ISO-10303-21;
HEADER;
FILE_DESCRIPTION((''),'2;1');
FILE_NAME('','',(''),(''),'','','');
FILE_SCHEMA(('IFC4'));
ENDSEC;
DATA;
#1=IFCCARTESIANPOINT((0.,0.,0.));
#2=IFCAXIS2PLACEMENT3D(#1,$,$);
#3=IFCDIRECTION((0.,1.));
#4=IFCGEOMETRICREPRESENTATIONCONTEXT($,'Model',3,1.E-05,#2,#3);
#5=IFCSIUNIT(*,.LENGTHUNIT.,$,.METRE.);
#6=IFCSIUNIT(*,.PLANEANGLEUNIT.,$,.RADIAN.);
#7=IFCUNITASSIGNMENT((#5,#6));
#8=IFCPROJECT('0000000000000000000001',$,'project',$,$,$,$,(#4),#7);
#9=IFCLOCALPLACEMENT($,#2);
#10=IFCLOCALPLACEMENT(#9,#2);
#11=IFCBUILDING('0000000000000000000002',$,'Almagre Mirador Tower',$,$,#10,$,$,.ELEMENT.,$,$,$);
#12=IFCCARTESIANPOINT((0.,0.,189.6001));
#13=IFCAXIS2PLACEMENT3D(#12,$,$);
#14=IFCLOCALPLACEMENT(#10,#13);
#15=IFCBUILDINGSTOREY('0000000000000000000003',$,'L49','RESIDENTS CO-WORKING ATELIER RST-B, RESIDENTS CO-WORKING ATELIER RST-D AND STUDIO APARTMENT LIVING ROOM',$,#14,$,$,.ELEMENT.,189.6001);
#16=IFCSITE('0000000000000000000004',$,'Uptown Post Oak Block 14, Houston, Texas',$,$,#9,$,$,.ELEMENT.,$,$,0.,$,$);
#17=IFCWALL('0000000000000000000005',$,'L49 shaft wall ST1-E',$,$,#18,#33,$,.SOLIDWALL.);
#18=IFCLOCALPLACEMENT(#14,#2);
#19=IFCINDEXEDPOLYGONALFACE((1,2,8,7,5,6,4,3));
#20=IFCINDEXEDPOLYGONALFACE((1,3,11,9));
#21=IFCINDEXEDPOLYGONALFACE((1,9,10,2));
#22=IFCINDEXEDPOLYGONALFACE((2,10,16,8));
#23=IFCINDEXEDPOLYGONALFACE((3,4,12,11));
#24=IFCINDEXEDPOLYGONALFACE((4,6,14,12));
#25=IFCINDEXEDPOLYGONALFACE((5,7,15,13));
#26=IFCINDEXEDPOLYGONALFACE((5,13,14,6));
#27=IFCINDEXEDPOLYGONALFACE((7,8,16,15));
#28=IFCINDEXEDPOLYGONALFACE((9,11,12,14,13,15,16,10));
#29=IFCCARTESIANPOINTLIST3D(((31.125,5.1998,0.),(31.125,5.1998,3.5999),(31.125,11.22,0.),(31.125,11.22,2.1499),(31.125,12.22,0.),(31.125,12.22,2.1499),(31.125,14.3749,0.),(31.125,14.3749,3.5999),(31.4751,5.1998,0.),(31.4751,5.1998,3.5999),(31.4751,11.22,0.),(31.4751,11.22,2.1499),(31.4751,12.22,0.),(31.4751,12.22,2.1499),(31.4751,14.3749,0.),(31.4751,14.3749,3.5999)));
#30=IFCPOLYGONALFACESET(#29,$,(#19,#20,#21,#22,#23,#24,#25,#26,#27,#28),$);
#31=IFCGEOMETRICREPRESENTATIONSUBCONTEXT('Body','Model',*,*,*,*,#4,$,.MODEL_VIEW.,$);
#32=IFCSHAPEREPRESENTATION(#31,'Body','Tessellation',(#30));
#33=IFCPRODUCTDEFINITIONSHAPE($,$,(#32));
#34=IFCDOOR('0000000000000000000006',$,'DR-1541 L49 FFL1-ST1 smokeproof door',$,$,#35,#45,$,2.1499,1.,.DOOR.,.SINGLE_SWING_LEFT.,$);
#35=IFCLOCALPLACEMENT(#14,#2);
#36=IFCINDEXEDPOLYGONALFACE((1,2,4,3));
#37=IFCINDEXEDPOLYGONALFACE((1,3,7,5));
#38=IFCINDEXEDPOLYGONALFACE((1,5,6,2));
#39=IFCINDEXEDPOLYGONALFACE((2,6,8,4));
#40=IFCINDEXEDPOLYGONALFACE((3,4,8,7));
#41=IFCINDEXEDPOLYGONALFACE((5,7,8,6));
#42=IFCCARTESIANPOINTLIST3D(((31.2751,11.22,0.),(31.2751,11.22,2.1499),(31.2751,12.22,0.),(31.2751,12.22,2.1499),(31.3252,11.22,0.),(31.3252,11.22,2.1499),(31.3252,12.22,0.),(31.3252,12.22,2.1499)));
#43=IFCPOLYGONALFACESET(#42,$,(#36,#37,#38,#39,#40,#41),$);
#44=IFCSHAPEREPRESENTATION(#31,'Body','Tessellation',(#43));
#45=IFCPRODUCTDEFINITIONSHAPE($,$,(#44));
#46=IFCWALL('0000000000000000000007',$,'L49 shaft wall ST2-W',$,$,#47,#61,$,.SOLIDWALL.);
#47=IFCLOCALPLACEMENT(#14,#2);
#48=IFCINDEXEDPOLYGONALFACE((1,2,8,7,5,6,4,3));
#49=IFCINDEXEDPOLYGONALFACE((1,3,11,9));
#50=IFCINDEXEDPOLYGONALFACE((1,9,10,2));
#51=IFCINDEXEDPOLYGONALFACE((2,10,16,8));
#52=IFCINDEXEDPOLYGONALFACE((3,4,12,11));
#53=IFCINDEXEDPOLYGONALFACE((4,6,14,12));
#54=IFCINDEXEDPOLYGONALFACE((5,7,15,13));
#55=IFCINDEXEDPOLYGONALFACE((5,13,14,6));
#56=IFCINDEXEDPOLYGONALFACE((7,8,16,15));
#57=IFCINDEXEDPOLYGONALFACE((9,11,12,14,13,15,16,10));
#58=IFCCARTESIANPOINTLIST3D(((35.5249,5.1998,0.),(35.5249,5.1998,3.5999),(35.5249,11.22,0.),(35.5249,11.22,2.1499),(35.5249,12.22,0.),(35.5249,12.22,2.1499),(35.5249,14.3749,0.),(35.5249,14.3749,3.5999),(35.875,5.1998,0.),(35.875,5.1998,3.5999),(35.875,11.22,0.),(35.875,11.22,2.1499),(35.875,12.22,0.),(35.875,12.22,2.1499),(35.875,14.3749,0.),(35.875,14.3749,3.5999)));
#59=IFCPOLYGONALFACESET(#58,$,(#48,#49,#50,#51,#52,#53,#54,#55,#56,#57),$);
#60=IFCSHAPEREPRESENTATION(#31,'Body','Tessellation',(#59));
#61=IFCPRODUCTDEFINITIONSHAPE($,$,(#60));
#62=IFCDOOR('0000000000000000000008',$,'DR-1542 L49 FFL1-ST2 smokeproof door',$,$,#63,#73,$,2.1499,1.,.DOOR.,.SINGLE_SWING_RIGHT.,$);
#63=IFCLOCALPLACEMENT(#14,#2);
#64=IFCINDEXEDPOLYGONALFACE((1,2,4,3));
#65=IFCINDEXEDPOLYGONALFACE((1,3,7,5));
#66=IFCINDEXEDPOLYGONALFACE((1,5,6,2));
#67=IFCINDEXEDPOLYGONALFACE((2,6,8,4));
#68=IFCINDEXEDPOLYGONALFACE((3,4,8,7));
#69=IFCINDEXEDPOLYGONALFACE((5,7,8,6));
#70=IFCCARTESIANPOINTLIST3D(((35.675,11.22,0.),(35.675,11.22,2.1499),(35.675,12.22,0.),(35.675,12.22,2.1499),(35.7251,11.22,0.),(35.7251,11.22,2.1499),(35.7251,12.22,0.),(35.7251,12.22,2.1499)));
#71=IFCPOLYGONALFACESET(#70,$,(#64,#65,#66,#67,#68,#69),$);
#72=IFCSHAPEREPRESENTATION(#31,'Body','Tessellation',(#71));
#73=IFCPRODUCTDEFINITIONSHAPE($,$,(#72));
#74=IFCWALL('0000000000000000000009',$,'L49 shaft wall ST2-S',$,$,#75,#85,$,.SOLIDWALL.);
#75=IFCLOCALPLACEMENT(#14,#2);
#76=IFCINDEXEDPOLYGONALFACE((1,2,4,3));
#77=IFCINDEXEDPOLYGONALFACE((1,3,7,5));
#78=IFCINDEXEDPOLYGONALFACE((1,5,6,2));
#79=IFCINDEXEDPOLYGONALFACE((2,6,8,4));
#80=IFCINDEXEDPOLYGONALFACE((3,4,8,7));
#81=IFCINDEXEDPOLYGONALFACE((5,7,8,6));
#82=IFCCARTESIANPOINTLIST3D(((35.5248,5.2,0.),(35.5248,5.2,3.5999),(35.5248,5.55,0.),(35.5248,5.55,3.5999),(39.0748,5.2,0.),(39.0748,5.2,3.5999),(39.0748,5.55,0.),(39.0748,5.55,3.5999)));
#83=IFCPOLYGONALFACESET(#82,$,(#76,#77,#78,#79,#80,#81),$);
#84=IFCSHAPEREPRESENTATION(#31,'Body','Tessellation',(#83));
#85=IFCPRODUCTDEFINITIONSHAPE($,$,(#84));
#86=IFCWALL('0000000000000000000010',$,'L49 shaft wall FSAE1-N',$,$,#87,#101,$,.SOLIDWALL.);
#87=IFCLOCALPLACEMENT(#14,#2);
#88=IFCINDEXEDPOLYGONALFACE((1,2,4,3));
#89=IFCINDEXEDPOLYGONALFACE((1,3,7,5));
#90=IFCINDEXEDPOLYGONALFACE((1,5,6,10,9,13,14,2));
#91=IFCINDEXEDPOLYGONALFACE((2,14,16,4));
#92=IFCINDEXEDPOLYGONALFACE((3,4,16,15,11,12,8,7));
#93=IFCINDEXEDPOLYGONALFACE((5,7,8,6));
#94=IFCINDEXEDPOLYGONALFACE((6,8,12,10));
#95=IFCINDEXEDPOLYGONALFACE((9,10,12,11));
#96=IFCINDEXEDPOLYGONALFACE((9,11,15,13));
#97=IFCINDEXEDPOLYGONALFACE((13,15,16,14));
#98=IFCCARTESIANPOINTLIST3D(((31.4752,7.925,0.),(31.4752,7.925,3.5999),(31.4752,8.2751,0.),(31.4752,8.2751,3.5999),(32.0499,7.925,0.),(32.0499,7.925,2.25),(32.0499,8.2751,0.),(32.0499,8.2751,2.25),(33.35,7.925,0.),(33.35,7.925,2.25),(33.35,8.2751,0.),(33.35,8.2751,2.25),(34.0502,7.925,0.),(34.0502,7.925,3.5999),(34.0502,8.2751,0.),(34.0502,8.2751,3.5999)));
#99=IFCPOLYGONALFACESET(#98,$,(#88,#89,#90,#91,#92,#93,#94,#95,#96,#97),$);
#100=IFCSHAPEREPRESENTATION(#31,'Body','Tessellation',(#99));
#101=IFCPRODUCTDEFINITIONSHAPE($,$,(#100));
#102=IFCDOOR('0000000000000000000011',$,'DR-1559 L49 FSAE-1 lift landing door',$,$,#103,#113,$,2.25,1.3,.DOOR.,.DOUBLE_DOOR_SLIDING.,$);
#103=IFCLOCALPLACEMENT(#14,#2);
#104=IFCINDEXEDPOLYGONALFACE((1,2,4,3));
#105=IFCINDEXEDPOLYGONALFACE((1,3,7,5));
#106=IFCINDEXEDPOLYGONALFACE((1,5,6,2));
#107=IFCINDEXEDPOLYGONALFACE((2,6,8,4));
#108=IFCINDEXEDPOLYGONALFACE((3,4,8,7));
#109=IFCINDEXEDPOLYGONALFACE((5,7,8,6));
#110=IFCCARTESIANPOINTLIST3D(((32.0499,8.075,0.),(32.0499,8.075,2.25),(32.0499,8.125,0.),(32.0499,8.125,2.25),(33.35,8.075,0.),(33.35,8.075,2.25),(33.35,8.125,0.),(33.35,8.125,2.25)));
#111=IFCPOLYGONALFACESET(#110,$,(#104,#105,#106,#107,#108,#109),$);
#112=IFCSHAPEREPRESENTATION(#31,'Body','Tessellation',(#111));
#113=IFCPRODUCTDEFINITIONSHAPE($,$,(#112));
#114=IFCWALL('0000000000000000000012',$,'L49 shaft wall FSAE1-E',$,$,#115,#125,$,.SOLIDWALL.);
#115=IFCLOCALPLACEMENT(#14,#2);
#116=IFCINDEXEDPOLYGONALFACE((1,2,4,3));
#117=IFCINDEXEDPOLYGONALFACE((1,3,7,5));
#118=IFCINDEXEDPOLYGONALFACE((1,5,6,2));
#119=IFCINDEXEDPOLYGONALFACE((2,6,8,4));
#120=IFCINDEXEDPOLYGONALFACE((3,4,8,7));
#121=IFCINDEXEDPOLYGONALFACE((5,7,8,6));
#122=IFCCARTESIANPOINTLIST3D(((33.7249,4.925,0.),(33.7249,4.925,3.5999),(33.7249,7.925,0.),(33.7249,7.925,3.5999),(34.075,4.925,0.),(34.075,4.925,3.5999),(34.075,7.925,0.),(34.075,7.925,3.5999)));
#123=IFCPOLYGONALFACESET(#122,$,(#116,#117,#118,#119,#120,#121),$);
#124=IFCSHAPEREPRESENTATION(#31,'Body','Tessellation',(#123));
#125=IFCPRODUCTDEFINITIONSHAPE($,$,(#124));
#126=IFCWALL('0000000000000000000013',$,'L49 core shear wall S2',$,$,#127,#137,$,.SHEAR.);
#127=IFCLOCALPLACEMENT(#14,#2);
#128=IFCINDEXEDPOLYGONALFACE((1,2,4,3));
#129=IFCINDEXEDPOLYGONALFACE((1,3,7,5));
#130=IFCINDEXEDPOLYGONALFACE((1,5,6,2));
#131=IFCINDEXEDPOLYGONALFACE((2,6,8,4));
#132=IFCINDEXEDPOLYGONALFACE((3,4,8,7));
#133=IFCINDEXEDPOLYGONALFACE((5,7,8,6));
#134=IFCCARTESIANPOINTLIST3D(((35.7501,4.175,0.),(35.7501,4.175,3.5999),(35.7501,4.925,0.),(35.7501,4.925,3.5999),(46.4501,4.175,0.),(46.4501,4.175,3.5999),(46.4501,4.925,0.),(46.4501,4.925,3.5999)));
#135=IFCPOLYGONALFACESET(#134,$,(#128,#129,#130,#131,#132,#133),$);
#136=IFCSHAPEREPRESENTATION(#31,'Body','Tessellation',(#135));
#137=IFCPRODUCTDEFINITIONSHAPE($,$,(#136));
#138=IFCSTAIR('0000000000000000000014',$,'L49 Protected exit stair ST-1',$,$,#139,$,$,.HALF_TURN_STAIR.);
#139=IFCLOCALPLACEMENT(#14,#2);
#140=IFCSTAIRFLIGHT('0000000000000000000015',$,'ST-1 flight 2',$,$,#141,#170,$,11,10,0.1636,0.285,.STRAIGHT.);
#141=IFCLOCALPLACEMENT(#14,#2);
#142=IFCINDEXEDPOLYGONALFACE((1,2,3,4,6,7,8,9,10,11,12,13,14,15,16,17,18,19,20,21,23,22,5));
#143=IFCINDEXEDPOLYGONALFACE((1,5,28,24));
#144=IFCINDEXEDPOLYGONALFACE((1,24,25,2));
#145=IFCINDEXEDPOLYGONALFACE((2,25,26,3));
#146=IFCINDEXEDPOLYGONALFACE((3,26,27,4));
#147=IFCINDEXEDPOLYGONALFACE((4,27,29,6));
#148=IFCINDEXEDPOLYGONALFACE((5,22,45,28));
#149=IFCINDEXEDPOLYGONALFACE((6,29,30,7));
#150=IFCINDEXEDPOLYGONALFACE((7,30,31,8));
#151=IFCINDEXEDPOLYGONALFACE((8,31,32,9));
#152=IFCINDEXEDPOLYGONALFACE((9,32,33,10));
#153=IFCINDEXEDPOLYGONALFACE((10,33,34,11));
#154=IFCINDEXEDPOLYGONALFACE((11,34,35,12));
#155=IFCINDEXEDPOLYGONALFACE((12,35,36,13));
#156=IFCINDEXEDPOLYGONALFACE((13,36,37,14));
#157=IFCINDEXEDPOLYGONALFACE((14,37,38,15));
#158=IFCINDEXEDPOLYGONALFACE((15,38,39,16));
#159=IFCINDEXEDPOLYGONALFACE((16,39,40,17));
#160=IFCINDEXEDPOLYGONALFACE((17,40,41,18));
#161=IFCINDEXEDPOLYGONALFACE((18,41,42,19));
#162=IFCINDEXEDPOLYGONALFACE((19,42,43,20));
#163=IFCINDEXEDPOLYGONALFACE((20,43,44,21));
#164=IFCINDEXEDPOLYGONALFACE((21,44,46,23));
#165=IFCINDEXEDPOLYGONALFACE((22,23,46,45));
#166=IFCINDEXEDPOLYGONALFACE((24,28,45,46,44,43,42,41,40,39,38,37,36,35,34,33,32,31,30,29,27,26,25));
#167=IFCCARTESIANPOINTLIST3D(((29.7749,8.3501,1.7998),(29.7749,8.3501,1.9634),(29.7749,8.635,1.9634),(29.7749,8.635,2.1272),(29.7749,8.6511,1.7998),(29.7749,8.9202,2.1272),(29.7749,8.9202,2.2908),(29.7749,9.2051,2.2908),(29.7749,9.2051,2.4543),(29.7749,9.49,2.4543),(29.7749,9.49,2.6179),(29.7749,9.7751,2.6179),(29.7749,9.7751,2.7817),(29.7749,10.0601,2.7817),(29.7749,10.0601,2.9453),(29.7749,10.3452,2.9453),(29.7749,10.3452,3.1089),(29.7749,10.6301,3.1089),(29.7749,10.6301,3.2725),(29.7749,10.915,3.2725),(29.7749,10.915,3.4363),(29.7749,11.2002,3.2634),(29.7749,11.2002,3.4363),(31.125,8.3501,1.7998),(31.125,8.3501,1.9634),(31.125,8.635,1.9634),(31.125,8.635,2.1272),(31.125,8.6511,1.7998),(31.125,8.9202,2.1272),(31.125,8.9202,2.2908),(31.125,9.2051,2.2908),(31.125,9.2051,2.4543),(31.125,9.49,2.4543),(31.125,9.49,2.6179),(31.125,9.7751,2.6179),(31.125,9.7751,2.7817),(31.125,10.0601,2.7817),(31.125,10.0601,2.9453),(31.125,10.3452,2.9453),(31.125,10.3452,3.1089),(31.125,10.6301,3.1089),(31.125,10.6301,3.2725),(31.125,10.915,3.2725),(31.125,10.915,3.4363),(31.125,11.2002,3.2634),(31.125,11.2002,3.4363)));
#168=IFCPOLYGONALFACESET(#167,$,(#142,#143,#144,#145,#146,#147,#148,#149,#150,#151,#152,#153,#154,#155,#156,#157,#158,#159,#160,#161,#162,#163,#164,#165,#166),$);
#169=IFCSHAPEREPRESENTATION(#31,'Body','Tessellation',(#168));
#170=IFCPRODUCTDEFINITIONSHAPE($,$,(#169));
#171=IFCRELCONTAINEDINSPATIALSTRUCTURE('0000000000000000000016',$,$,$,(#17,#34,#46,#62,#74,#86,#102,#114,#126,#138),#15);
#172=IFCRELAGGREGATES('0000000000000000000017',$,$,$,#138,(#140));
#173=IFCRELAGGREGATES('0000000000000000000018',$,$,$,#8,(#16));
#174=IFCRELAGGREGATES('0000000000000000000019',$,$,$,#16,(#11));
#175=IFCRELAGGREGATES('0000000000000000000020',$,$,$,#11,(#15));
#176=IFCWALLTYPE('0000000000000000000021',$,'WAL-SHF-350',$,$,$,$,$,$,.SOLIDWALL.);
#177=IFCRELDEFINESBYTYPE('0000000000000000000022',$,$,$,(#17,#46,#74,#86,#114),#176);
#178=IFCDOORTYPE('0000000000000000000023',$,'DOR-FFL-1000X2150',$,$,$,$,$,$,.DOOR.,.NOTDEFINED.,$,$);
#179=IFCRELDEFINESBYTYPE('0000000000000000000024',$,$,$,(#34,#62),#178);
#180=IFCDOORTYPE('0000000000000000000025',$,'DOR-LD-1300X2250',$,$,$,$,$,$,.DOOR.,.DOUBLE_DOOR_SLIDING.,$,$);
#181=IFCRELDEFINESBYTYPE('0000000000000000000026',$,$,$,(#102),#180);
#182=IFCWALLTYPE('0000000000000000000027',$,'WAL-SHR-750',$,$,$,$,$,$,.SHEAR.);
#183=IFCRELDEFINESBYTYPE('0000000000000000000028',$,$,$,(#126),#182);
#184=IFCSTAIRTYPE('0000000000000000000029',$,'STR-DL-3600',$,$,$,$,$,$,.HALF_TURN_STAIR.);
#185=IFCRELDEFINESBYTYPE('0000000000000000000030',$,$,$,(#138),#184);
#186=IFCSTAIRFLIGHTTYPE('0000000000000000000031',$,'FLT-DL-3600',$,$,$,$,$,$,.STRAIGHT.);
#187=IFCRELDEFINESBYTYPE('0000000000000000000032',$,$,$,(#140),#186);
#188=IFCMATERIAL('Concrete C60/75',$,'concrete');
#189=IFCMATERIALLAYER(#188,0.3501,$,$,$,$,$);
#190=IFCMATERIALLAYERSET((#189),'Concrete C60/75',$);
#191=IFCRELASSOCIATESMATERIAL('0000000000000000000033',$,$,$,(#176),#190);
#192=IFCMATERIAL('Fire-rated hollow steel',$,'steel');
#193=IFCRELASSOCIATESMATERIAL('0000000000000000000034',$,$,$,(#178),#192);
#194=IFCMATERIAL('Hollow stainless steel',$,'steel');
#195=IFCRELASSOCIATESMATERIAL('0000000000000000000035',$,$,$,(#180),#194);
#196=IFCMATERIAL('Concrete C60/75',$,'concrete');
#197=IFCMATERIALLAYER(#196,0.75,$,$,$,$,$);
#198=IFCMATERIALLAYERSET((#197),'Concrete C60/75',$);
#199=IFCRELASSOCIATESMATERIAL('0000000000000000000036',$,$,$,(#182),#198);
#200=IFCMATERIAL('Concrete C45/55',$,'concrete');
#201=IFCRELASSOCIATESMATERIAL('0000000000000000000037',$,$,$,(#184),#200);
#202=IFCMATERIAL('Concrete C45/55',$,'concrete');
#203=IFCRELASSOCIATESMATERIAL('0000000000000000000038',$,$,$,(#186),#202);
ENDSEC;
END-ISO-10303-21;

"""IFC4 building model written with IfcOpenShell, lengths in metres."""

from ifc_helpers import new_model, si_unit, direction, frame, frame_2d, origin, place, context, subcontext, project, spatial, polyline, rectangle, outline, extrude, material, layer, layer_set, type_object, element, fill, aggregate, save


model = new_model("IFC4")

# Units and contexts
model_context = context("Model", 3, precision=1e-05, world=origin(), true_north=direction((0.0, 1.0)))
body_context = subcontext(model_context, "Body", "Model", "MODEL_VIEW")
ifc_project = project(units=[si_unit("LENGTHUNIT", "METRE"), si_unit("PLANEANGLEUNIT", "RADIAN")], contexts=[model_context])

# Site, building, storey
site_placement = place(None, origin())
site = spatial("IfcSite", under=ifc_project, at=site_placement, Name="Uptown Post Oak Block 14, Houston, Texas", CompositionType="ELEMENT", RefElevation=0.0)
building_placement = place(site_placement, origin())
building = spatial("IfcBuilding", under=site, at=building_placement, Name="Almagre Mirador Tower", CompositionType="ELEMENT")
storey_placement = place(building_placement, frame((0.0, 0.0, 189.6001)))
storey = spatial("IfcBuildingStorey", under=building, at=storey_placement, Name="L49", Description="RESIDENTS CO-WORKING ATELIER RST-B, RESIDENTS CO-WORKING ATELIER RST-D AND STUDIO APARTMENT LIVING ROOM", CompositionType="ELEMENT", Elevation=189.6001)

# Walls, openings, doors
ifc_material_1 = material(Name="Concrete C60/75", Category="concrete")
ifc_layer_1 = layer(ifc_material_1, 0.3501)
ifc_layer_set_1 = layer_set([ifc_layer_1], Name="Concrete C60/75")
wall_type_1 = type_object("IfcWallType", Name="WAL-SHF-350", PredefinedType="SOLIDWALL", material=ifc_layer_set_1)
wall_1_placement = place(storey_placement, frame((31.3, 5.2, 0.0), z_axis=(0.0, 0.0, 1.0), x_axis=(0.0, 1.0, 0.0)))
wall_1 = element("IfcWall", 1, at=wall_1_placement, inside=storey, type_object=wall_type_1, Name="L49 shaft wall ST1-E", PredefinedType="SOLIDWALL", context=body_context, shape_type="SweptSolid", body=[
    extrude(rectangle(XDim=9.175, YDim=0.3501, at=frame_2d((4.5874, 0.0))), origin(), (0.0, 0.0, 1.0), 3.5999),
])
opening_1_placement = place(wall_1_placement, frame((6.02, 0.0, 0.0)))
opening_1 = element("IfcOpeningElement", 2, at=opening_1_placement, cuts=wall_1, PredefinedType="OPENING", context=body_context, shape_type="SweptSolid", body=[
    extrude(rectangle(XDim=1.0, YDim=2.1499, at=frame_2d((0.5, 1.075))), frame((0.0, 0.185, 0.0), z_axis=(0.0, -1.0, 0.0), x_axis=(1.0, 0.0, 0.0)), (0.0, 0.0, 1.0), 0.3701),
])
ifc_material_2 = material(Name="Fire-rated hollow steel", Category="steel")
door_type_1 = type_object("IfcDoorType", Name="DOR-FFL-1000X2150", OperationType="NOTDEFINED", PredefinedType="DOOR", material=ifc_material_2)
door_1_placement = place(opening_1_placement, origin())
door_1 = element("IfcDoor", 3, at=door_1_placement, inside=storey, type_object=door_type_1, Name="DR-1541 L49 FFL1-ST1 smokeproof door", OperationType="SINGLE_SWING_LEFT", OverallHeight=2.1499, OverallWidth=1.0, PredefinedType="DOOR", context=body_context, shape_type="SweptSolid", body=[
    extrude(rectangle(XDim=1.0, YDim=2.1499, at=frame_2d((0.5, 1.075))), frame((0.0, 0.0249, 0.0), z_axis=(0.0, -1.0, 0.0), x_axis=(1.0, 0.0, 0.0)), (0.0, 0.0, 1.0), 0.05),
])
fill(opening_1, door_1)
wall_2_placement = place(storey_placement, frame((35.7, 5.2, 0.0), z_axis=(0.0, 0.0, 1.0), x_axis=(0.0, 1.0, 0.0)))
wall_2 = element("IfcWall", 4, at=wall_2_placement, inside=storey, type_object=wall_type_1, Name="L49 shaft wall ST2-W", PredefinedType="SOLIDWALL", context=body_context, shape_type="SweptSolid", body=[
    extrude(rectangle(XDim=9.175, YDim=0.3501, at=frame_2d((4.5874, 0.0))), origin(), (0.0, 0.0, 1.0), 3.5999),
])
opening_2_placement = place(wall_2_placement, frame((6.02, 0.0, 0.0)))
opening_2 = element("IfcOpeningElement", 5, at=opening_2_placement, cuts=wall_2, PredefinedType="OPENING", context=body_context, shape_type="SweptSolid", body=[
    extrude(rectangle(XDim=1.0, YDim=2.1499, at=frame_2d((0.5, 1.075))), frame((0.0, 0.185, 0.0), z_axis=(0.0, -1.0, 0.0), x_axis=(1.0, 0.0, 0.0)), (0.0, 0.0, 1.0), 0.3701),
])
door_2_placement = place(opening_2_placement, origin())
door_2 = element("IfcDoor", 6, at=door_2_placement, inside=storey, type_object=door_type_1, Name="DR-1542 L49 FFL1-ST2 smokeproof door", OperationType="SINGLE_SWING_RIGHT", OverallHeight=2.1499, OverallWidth=1.0, PredefinedType="DOOR", context=body_context, shape_type="SweptSolid", body=[
    extrude(rectangle(XDim=1.0, YDim=2.1499, at=frame_2d((0.5, 1.075))), frame((0.0, 0.0249, 0.0), z_axis=(0.0, -1.0, 0.0), x_axis=(1.0, 0.0, 0.0)), (0.0, 0.0, 1.0), 0.05),
])
fill(opening_2, door_2)

# Wall
wall_3_placement = place(storey_placement, frame((35.5249, 5.375, 0.0), z_axis=(0.0, 0.0, 1.0), x_axis=(1.0, 0.0, 0.0)))
element("IfcWall", 7, at=wall_3_placement, inside=storey, type_object=wall_type_1, Name="L49 shaft wall ST2-S", PredefinedType="SOLIDWALL", context=body_context, shape_type="SweptSolid", body=[
    extrude(rectangle(XDim=3.55, YDim=0.3501, at=frame_2d((1.7749, 0.0))), origin(), (0.0, 0.0, 1.0), 3.5999),
])

# Wall, opening, door
wall_4_placement = place(storey_placement, frame((31.4751, 8.1001, 0.0), z_axis=(0.0, 0.0, 1.0), x_axis=(1.0, 0.0, 0.0)))
wall_4 = element("IfcWall", 8, at=wall_4_placement, inside=storey, type_object=wall_type_1, Name="L49 shaft wall FSAE1-N", PredefinedType="SOLIDWALL", context=body_context, shape_type="SweptSolid", body=[
    extrude(rectangle(XDim=2.575, YDim=0.3501, at=frame_2d((1.2876, 0.0))), origin(), (0.0, 0.0, 1.0), 3.5999),
])
opening_3_placement = place(wall_4_placement, frame((0.575, 0.0, 0.0)))
opening_3 = element("IfcOpeningElement", 9, at=opening_3_placement, cuts=wall_4, PredefinedType="OPENING", context=body_context, shape_type="SweptSolid", body=[
    extrude(rectangle(XDim=1.3, YDim=2.25, at=frame_2d((0.6499, 1.125))), frame((0.0, 0.185, 0.0), z_axis=(0.0, -1.0, 0.0), x_axis=(1.0, 0.0, 0.0)), (0.0, 0.0, 1.0), 0.3701),
])
ifc_material_3 = material(Name="Hollow stainless steel", Category="steel")
door_type_2 = type_object("IfcDoorType", Name="DOR-LD-1300X2250", OperationType="DOUBLE_DOOR_SLIDING", PredefinedType="DOOR", material=ifc_material_3)
door_3_placement = place(opening_3_placement, origin())
door_3 = element("IfcDoor", 10, at=door_3_placement, inside=storey, type_object=door_type_2, Name="DR-1559 L49 FSAE-1 lift landing door", OperationType="DOUBLE_DOOR_SLIDING", OverallHeight=2.25, OverallWidth=1.3, PredefinedType="DOOR", context=body_context, shape_type="SweptSolid", body=[
    extrude(rectangle(XDim=1.3, YDim=2.25, at=frame_2d((0.6499, 1.125))), frame((0.0, 0.0249, 0.0), z_axis=(0.0, -1.0, 0.0), x_axis=(1.0, 0.0, 0.0)), (0.0, 0.0, 1.0), 0.05),
])
fill(opening_3, door_3)

# Walls
wall_5_placement = place(storey_placement, frame((33.8999, 4.925, 0.0), z_axis=(0.0, 0.0, 1.0), x_axis=(0.0, 1.0, 0.0)))
element("IfcWall", 11, at=wall_5_placement, inside=storey, type_object=wall_type_1, Name="L49 shaft wall FSAE1-E", PredefinedType="SOLIDWALL", context=body_context, shape_type="SweptSolid", body=[
    extrude(rectangle(XDim=3.0, YDim=0.3501, at=frame_2d((1.5, 0.0))), origin(), (0.0, 0.0, 1.0), 3.5999),
])
ifc_material_4 = material(Name="Concrete C60/75", Category="concrete")
ifc_layer_2 = layer(ifc_material_4, 0.75)
ifc_layer_set_2 = layer_set([ifc_layer_2], Name="Concrete C60/75")
wall_type_2 = type_object("IfcWallType", Name="WAL-SHR-750", PredefinedType="SHEAR", material=ifc_layer_set_2)
wall_6_placement = place(storey_placement, frame((35.75, 4.55, 0.0), z_axis=(0.0, 0.0, 1.0), x_axis=(1.0, 0.0, 0.0)))
element("IfcWall", 12, at=wall_6_placement, inside=storey, type_object=wall_type_2, Name="L49 core shear wall S2", PredefinedType="SHEAR", context=body_context, shape_type="SweptSolid", body=[
    extrude(rectangle(XDim=10.7, YDim=0.75, at=frame_2d((5.3501, 0.0))), origin(), (0.0, 0.0, 1.0), 3.5999),
])

# Stair, stair flight
ifc_material_5 = material(Name="Concrete C45/55", Category="concrete")
stair_type = type_object("IfcStairType", Name="STR-DL-3600", PredefinedType="HALF_TURN_STAIR", material=ifc_material_5)
stair_placement = place(storey_placement, origin())
stair = element("IfcStair", 13, at=stair_placement, inside=storey, type_object=stair_type, Name="L49 Protected exit stair ST-1", PredefinedType="HALF_TURN_STAIR")
ifc_material_6 = material(Name="Concrete C45/55", Category="concrete")
stair_flight_type = type_object("IfcStairFlightType", Name="FLT-DL-3600", PredefinedType="STRAIGHT", material=ifc_material_6)
stair_flight_placement = place(storey_placement, frame((30.45, 8.3501, 1.7998), z_axis=(0.0, 0.0, 1.0), x_axis=(0.0, 1.0, 0.0)))
stair_flight = element("IfcStairFlight", 14, at=stair_flight_placement, type_object=stair_flight_type, Name="ST-1 flight 2", NumberOfRisers=11, NumberOfTreads=10, PredefinedType="STRAIGHT", RiserHeight=0.1636, TreadLength=0.285, context=body_context, shape_type="SweptSolid", body=[
    extrude(outline(polyline([(0.0, 0.0), (0.0, 0.1636), (0.2849, 0.1636), (0.2849, 0.3274), (0.5701, 0.3274), (0.5701, 0.491), (0.855, 0.491), (0.855, 0.6545), (1.1399, 0.6545), (1.1399, 0.8181), (1.425, 0.8181), (1.425, 0.9819), (1.71, 0.9819), (1.71, 1.1455), (1.9951, 1.1455), (1.9951, 1.3091), (2.28, 1.3091), (2.28, 1.4727), (2.5649, 1.4727), (2.5649, 1.6365), (2.8501, 1.6365), (2.8501, 1.8), (2.8501, 1.4636), (0.301, 0.0), (0.0, 0.0)])), frame((0.0, 0.675, 0.0), z_axis=(0.0, -1.0, 0.0), x_axis=(1.0, 0.0, 0.0)), (0.0, 0.0, 1.0), 1.3501),
])
aggregate(stair, [stair_flight])

save(model, "model.ifc")
